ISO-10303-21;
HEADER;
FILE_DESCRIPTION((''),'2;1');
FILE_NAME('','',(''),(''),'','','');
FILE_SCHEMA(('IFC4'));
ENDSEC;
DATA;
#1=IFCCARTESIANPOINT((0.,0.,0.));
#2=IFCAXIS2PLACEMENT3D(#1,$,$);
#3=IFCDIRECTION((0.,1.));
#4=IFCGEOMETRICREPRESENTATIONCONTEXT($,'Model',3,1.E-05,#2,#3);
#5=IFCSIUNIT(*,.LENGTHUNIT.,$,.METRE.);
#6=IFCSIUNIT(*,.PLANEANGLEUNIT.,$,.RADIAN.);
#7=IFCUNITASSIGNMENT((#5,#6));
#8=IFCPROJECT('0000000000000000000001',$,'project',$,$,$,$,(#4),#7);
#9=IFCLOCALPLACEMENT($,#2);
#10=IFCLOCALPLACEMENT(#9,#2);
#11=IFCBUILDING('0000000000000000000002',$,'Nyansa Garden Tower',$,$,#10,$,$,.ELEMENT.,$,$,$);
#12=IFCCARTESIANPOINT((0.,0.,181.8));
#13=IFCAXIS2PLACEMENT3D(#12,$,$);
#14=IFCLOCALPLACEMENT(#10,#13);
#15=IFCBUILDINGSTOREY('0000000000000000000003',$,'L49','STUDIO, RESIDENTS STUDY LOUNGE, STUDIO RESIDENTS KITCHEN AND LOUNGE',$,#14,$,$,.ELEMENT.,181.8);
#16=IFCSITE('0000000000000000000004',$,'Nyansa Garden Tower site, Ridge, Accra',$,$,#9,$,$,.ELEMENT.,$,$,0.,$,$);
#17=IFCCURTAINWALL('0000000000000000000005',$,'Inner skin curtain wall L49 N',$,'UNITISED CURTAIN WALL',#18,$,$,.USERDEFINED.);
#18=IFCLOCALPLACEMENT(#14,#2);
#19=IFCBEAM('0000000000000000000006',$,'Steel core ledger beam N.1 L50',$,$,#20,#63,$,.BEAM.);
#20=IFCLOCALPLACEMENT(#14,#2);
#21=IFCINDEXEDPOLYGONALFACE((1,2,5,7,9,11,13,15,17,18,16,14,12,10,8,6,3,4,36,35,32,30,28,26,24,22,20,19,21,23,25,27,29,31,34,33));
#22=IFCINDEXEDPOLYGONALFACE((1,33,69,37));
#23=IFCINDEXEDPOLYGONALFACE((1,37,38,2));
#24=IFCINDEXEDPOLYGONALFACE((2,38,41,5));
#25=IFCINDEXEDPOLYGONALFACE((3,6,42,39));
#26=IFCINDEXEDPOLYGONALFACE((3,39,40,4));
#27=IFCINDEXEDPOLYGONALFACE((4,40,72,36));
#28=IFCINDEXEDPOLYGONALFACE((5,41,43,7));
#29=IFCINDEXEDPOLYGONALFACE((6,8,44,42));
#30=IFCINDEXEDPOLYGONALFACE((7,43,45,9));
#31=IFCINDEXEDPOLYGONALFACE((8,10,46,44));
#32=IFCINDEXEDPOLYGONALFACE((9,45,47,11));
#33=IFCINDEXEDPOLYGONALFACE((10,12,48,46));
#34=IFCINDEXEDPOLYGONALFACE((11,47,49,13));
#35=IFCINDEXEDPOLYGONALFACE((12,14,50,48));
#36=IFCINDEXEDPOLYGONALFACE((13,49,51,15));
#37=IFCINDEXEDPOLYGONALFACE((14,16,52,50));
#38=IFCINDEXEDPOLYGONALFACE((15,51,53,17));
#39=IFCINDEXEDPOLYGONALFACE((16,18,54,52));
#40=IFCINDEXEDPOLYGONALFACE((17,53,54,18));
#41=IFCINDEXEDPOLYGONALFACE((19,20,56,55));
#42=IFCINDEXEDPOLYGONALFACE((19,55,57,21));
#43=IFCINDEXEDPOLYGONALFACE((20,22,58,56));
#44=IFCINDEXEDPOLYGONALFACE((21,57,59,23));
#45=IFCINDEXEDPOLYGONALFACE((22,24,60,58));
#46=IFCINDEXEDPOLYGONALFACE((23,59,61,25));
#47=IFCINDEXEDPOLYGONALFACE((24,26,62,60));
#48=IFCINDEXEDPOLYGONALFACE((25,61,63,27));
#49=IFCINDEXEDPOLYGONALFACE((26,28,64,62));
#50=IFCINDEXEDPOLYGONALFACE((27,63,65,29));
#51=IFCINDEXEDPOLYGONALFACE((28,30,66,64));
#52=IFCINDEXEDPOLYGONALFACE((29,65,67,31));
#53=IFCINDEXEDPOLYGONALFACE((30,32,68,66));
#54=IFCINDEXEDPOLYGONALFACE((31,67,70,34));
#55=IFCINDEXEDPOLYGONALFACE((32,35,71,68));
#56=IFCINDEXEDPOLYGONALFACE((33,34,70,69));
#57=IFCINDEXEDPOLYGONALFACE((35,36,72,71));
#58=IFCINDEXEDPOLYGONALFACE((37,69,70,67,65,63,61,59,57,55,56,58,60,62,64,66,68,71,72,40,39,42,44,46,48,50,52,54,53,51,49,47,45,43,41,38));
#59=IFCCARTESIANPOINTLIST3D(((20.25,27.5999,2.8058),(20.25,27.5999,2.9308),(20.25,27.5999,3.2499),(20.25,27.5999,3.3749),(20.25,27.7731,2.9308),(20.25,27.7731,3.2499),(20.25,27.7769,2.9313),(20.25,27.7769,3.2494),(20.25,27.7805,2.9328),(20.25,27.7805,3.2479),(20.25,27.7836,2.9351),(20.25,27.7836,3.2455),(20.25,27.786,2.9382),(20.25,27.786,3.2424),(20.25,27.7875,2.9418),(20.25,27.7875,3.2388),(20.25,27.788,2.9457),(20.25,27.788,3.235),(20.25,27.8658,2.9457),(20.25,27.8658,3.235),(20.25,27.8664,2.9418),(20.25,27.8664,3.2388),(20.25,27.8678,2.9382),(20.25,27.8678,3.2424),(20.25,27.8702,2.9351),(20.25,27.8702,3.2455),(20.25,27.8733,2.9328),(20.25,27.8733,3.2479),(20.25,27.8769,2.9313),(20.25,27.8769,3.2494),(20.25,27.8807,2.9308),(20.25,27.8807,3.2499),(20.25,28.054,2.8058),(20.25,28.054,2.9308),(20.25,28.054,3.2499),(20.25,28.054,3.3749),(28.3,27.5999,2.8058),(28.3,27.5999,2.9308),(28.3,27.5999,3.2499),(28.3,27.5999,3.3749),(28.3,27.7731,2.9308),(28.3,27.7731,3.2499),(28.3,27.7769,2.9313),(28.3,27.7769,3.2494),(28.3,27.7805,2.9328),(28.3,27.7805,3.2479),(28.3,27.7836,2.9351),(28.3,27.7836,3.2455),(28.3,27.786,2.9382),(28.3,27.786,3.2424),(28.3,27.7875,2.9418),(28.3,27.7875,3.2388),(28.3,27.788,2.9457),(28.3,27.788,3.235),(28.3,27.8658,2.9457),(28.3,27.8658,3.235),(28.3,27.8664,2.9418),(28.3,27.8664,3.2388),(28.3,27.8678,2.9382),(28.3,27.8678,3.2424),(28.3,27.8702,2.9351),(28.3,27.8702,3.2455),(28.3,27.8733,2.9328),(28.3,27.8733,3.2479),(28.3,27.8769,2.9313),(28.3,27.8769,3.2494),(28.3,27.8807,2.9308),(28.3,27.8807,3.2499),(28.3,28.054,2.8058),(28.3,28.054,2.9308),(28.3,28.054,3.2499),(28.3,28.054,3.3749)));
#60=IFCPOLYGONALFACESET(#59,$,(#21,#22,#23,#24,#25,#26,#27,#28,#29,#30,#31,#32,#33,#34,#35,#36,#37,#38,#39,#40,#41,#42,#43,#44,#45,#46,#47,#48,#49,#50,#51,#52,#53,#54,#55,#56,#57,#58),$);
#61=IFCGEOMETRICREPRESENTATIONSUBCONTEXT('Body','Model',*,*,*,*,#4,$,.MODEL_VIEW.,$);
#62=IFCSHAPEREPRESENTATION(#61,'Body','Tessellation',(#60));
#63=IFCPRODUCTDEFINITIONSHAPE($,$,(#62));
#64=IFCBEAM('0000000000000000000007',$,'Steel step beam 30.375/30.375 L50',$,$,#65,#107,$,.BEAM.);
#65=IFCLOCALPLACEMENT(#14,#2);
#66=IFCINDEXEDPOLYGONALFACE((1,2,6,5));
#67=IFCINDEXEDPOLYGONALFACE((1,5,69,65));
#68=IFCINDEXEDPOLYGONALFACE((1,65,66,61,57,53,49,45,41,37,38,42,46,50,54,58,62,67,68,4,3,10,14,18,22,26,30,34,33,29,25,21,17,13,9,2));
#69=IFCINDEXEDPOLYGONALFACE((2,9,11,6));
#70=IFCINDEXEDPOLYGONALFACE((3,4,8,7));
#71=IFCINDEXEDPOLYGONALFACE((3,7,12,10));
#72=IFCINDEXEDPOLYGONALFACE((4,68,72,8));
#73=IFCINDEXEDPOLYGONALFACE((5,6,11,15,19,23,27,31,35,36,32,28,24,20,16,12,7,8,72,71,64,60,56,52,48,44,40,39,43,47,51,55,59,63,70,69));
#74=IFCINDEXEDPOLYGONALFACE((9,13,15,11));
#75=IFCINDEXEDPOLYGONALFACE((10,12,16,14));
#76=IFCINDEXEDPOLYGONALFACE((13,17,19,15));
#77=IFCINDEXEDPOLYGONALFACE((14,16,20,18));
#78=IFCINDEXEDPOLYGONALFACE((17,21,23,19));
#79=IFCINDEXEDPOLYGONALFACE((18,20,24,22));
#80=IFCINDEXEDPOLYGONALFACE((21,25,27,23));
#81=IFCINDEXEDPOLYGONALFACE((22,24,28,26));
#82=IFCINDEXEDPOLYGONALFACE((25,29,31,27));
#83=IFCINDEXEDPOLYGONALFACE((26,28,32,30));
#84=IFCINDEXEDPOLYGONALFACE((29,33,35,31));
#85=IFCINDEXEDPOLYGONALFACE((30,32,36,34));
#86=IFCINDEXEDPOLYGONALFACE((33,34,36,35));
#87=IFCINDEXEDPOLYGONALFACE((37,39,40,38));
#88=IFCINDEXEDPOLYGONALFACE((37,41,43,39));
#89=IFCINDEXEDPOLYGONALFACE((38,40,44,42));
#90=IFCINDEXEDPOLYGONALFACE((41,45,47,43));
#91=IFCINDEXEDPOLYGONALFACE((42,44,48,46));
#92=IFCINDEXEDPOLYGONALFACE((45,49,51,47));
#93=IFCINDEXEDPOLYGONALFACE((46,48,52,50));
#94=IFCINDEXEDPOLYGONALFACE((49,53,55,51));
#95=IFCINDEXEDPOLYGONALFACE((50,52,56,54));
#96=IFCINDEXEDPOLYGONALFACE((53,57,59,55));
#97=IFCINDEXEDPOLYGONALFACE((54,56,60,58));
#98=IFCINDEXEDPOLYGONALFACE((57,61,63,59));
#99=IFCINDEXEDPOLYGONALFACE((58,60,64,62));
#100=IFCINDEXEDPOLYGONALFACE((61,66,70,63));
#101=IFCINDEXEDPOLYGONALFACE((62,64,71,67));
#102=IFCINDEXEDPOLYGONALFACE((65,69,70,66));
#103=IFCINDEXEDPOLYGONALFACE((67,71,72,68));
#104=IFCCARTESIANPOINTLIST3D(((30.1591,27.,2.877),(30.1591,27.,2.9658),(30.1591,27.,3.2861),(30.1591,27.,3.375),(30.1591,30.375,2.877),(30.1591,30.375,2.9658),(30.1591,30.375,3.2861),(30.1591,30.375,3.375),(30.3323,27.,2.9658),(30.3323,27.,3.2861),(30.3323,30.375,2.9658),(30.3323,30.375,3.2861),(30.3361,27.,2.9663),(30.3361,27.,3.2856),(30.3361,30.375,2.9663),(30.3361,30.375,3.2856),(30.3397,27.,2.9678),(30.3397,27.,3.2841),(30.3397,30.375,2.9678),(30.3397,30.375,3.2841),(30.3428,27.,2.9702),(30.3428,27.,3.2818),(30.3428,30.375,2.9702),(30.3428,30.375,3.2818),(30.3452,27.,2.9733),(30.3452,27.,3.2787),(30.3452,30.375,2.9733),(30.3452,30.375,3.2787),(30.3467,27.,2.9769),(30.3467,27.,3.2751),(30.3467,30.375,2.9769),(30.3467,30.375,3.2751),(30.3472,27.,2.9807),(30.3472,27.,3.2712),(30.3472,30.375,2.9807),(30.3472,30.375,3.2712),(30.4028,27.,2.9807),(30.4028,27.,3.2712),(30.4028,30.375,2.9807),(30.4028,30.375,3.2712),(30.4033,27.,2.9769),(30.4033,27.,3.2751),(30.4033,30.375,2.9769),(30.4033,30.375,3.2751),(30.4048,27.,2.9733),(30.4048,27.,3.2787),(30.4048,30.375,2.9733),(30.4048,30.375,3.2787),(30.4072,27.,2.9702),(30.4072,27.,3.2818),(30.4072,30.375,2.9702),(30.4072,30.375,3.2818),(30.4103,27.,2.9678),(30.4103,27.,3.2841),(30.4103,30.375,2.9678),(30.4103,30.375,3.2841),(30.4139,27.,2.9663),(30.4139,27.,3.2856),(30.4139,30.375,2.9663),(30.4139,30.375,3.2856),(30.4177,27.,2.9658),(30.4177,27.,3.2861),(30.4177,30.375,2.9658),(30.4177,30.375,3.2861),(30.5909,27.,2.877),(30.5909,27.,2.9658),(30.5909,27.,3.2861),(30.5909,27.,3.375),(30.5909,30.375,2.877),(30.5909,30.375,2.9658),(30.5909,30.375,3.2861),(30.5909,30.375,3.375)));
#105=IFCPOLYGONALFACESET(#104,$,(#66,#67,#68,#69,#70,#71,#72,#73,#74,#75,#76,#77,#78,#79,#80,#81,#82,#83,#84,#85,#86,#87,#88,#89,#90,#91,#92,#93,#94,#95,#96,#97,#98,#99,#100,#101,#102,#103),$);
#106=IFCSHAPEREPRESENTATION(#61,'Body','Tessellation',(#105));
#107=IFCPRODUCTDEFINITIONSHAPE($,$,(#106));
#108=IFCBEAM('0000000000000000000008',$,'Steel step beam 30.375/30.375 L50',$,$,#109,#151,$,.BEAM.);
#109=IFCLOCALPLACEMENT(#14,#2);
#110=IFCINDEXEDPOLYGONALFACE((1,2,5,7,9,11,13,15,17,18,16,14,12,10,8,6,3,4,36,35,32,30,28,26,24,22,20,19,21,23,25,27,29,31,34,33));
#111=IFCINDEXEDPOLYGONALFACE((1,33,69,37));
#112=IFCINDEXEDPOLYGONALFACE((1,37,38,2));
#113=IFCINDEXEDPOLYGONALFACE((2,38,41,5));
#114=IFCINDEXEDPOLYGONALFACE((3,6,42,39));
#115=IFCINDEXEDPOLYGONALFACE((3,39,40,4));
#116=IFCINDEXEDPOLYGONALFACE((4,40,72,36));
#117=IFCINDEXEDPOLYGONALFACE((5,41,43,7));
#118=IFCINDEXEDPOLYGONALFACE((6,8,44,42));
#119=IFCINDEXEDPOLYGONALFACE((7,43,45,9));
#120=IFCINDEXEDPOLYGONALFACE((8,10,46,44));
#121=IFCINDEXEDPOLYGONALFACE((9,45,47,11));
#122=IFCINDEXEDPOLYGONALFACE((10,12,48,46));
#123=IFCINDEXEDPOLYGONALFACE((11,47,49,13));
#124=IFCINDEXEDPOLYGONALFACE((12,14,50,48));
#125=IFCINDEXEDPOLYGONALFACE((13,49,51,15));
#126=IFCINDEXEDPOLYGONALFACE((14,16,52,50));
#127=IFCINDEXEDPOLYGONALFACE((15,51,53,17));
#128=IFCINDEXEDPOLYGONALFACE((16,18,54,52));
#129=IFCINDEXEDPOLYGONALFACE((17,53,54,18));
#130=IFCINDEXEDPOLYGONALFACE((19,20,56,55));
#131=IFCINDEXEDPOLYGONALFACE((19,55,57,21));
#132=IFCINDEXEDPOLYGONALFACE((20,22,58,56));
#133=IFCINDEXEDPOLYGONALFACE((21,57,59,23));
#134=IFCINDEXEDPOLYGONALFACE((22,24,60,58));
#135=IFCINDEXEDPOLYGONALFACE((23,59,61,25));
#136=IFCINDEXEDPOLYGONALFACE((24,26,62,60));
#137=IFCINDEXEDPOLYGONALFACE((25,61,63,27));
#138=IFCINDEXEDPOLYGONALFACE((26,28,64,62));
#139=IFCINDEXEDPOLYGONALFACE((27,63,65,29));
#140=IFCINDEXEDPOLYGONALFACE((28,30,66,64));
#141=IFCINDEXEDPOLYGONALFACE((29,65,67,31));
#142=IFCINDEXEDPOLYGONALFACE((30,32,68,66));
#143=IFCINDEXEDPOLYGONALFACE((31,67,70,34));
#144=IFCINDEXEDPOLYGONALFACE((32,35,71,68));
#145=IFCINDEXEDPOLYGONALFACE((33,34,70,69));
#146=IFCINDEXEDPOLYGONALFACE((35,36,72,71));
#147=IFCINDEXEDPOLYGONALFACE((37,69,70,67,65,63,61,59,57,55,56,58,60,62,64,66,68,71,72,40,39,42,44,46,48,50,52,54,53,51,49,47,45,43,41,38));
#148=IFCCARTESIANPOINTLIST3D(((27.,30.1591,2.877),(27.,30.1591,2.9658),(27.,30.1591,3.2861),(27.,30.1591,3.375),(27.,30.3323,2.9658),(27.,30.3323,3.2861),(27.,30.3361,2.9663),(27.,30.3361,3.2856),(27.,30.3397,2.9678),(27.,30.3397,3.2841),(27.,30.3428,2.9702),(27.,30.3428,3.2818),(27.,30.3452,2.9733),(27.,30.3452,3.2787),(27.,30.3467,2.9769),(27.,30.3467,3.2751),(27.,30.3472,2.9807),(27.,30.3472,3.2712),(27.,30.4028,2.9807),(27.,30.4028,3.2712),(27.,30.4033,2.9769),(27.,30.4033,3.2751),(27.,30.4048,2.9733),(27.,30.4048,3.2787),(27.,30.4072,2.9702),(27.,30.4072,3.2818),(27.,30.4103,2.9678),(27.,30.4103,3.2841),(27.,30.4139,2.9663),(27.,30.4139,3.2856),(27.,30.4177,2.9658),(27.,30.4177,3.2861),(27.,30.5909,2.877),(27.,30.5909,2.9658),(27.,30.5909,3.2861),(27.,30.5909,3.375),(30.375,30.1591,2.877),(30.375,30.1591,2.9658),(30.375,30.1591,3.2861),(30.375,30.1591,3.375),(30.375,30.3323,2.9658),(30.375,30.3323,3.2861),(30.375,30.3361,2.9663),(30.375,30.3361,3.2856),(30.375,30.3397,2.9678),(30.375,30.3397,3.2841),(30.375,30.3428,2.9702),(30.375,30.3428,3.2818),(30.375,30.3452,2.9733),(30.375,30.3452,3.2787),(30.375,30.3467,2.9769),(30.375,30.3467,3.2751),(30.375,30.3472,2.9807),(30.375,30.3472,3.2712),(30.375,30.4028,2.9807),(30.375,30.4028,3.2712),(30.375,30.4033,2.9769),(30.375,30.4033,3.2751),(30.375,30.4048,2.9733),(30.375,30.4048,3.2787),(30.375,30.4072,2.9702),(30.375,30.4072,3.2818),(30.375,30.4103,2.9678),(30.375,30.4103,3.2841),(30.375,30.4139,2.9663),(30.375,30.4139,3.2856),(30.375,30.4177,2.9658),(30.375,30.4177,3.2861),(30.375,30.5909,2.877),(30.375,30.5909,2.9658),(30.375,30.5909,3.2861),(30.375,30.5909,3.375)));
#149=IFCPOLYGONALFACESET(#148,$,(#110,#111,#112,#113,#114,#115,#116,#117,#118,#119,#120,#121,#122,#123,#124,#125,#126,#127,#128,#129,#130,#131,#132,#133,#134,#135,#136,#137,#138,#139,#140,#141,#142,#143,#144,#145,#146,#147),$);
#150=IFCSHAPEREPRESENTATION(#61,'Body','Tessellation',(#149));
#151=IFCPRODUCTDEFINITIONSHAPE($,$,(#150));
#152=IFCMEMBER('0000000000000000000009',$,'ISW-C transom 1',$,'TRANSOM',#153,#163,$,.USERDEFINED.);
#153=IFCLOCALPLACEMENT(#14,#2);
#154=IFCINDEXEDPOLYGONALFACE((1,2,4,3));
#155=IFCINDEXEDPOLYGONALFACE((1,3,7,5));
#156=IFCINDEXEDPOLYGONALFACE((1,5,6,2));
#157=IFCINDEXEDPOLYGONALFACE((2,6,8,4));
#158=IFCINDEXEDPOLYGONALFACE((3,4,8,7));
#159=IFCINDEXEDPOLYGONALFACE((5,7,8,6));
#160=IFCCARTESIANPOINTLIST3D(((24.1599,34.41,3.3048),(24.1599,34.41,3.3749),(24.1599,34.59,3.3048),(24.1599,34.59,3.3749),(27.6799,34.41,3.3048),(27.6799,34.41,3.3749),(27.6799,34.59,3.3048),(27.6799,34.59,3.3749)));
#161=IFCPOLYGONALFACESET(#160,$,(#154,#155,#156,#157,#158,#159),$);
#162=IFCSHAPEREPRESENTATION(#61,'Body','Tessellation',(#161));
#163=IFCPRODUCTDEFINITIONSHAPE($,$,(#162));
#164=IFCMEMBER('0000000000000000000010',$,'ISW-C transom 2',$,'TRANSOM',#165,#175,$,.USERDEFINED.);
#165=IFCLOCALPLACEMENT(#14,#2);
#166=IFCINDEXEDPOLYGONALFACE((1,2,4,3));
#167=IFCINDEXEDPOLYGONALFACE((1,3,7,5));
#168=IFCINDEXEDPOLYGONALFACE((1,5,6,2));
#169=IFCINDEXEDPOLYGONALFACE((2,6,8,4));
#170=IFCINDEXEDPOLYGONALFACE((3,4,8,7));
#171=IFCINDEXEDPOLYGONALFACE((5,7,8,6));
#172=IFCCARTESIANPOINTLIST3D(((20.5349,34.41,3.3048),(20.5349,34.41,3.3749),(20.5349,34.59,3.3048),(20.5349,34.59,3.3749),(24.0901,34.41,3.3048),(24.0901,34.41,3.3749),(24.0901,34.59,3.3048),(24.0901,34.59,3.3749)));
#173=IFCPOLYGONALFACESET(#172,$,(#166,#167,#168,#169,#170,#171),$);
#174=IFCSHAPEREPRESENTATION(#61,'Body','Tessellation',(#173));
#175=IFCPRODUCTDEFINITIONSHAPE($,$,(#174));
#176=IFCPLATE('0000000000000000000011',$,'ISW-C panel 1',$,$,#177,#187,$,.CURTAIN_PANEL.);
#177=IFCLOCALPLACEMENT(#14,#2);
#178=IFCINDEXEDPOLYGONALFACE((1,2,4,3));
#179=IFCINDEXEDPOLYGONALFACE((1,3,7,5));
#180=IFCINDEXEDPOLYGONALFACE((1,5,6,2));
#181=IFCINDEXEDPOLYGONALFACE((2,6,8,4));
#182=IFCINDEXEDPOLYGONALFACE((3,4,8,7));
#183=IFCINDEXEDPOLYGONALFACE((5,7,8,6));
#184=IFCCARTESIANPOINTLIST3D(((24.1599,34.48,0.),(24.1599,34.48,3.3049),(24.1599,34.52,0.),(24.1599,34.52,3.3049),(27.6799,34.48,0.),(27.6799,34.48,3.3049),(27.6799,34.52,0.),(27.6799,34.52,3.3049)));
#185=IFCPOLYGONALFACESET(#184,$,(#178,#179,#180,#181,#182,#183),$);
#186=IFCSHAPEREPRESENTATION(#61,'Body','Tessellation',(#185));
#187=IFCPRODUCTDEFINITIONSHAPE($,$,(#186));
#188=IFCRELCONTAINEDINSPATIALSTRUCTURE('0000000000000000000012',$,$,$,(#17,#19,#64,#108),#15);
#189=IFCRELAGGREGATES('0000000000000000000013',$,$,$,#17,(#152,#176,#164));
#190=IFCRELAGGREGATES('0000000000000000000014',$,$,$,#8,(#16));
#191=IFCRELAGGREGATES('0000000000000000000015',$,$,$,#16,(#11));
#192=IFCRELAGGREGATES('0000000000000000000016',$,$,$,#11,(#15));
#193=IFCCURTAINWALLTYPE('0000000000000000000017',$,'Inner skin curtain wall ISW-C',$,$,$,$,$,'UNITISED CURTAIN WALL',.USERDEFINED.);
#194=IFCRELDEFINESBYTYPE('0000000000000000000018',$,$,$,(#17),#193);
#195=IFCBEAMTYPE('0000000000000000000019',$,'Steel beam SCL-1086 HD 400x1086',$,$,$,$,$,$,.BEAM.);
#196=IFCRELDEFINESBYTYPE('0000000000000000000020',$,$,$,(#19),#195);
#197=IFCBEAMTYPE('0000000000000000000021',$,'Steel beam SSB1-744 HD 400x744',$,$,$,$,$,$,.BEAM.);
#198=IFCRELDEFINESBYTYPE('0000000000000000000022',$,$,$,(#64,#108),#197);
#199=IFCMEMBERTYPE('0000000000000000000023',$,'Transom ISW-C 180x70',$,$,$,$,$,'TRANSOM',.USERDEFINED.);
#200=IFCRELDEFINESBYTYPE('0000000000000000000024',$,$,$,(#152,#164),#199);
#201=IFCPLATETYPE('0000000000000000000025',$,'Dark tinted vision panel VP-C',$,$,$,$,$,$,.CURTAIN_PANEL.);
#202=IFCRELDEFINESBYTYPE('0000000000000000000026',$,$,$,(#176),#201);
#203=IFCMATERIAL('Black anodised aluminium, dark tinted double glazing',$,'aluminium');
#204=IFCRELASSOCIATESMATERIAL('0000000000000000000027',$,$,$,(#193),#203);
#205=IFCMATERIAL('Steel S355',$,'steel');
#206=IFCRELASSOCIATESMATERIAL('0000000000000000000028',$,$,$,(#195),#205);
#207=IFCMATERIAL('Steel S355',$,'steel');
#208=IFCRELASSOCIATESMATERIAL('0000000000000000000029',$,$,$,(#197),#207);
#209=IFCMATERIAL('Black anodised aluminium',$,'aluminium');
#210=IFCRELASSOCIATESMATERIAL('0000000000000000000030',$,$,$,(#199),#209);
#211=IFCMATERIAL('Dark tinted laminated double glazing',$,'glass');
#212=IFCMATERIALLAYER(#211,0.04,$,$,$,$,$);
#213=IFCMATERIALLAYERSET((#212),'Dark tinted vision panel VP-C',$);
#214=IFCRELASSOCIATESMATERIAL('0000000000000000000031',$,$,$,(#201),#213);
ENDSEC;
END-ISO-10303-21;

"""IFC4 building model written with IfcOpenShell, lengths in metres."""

from ifc_helpers import new_model, si_unit, direction, frame, origin, origin_2d, place, context, subcontext, project, spatial, rectangle, i_section, extrude, material, layer, layer_set, material_profile, profile_set, type_object, element, aggregate, save


model = new_model("IFC4")

# Units and contexts
model_context = context("Model", 3, precision=1e-05, world=origin(), true_north=direction((0.0, 1.0)))
body_context = subcontext(model_context, "Body", "Model", "MODEL_VIEW")
ifc_project = project(units=[si_unit("LENGTHUNIT", "METRE"), si_unit("PLANEANGLEUNIT", "RADIAN")], contexts=[model_context])

# Site, building, storey
site_placement = place(None, origin())
site = spatial("IfcSite", under=ifc_project, at=site_placement, Name="Nyansa Garden Tower site, Ridge, Accra", CompositionType="ELEMENT", RefElevation=0.0)
building_placement = place(site_placement, origin())
building = spatial("IfcBuilding", under=site, at=building_placement, Name="Nyansa Garden Tower", CompositionType="ELEMENT")
storey_placement = place(building_placement, frame((0.0, 0.0, 181.8)))
storey = spatial("IfcBuildingStorey", under=building, at=storey_placement, Name="L49", Description="STUDIO, RESIDENTS STUDY LOUNGE, STUDIO RESIDENTS KITCHEN AND LOUNGE", CompositionType="ELEMENT", Elevation=181.8)

# Shared definitions
ifc_material_1 = material(Name="Black anodised aluminium, dark tinted double glazing", Category="aluminium")
curtain_wall_type = type_object("IfcCurtainWallType", Name="Inner skin curtain wall ISW-C", ElementType="UNITISED CURTAIN WALL", PredefinedType="USERDEFINED", material=ifc_material_1)

# Curtain wall
curtain_wall_1_placement = place(storey_placement, origin())
curtain_wall_1 = element("IfcCurtainWall", 1, at=curtain_wall_1_placement, inside=storey, type_object=curtain_wall_type, Name="Inner skin curtain wall L49 N", ObjectType="UNITISED CURTAIN WALL", PredefinedType="USERDEFINED")

# Beams
ifc_material_2 = material(Name="Steel S355", Category="steel")
ifc_material_profile_1 = material_profile(ifc_material_2, i_section(OverallWidth=0.4541, OverallDepth=0.5691, WebThickness=0.0779, FlangeThickness=0.125, FilletRadius=0.0149, at=origin_2d()), Name="HD 400x1086")
ifc_profile_set_1 = profile_set([ifc_material_profile_1], Name="Steel S355")
beam_type_1 = type_object("IfcBeamType", Name="Steel beam SCL-1086 HD 400x1086", PredefinedType="BEAM", material=ifc_profile_set_1)
beam_1_placement = place(storey_placement, frame((28.3, 27.8269, 3.0903), z_axis=(-1.0, 0.0, 0.0), x_axis=(0.0, -1.0, 0.0)))
element("IfcBeam", 2, at=beam_1_placement, inside=storey, type_object=beam_type_1, Name="Steel core ledger beam N.1 L50", PredefinedType="BEAM", context=body_context, shape_type="SweptSolid", body=[
    extrude(i_section(OverallWidth=0.4541, OverallDepth=0.5691, WebThickness=0.0779, FlangeThickness=0.125, FilletRadius=0.0149, at=origin_2d()), origin(), (0.0, 0.0, 1.0), 8.05),
])
ifc_material_3 = material(Name="Steel S355", Category="steel")
ifc_material_profile_2 = material_profile(ifc_material_3, i_section(OverallWidth=0.4319, OverallDepth=0.498, WebThickness=0.0557, FlangeThickness=0.0889, FilletRadius=0.0149, at=origin_2d()), Name="HD 400x744")
ifc_profile_set_2 = profile_set([ifc_material_profile_2], Name="Steel S355")
beam_type_2 = type_object("IfcBeamType", Name="Steel beam SSB1-744 HD 400x744", PredefinedType="BEAM", material=ifc_profile_set_2)
for number, where, z_axis, x_axis, name in (
    (3, (30.375, 30.375, 3.126), (0.0, -1.0, 0.0), (1.0, 0.0, 0.0), "Steel step beam 30.375/30.375 L50"),
    (4, (30.375, 30.375, 3.126), (-1.0, 0.0, 0.0), (0.0, -1.0, 0.0), "Steel step beam 30.375/30.375 L50"),
):
    element("IfcBeam", number, at=place(storey_placement, frame(where, z_axis=z_axis, x_axis=x_axis)), inside=storey, type_object=beam_type_2, Name=name, PredefinedType="BEAM", context=body_context, shape_type="SweptSolid", body=[
        extrude(i_section(OverallWidth=0.4319, OverallDepth=0.498, WebThickness=0.0557, FlangeThickness=0.0889, FilletRadius=0.0149, at=origin_2d()), origin(), (0.0, 0.0, 1.0), 3.375),
    ])

# Members
ifc_material_4 = material(Name="Black anodised aluminium", Category="aluminium")
ifc_material_profile_3 = material_profile(ifc_material_4, rectangle(XDim=0.1799, YDim=0.0701, at=origin_2d()), Name="Transom 180x70")
ifc_profile_set_3 = profile_set([ifc_material_profile_3], Name="Black anodised aluminium")
member_type_1 = type_object("IfcMemberType", Name="Transom ISW-C 180x70", ElementType="TRANSOM", PredefinedType="USERDEFINED", material=ifc_profile_set_3)
member_1_placement = place(storey_placement, frame((27.6799, 34.5, 3.3398), z_axis=(-1.0, 0.0, 0.0), x_axis=(0.0, -1.0, 0.0)))
member_1 = element("IfcMember", 5, at=member_1_placement, type_object=member_type_1, Name="ISW-C transom 1", ObjectType="TRANSOM", PredefinedType="USERDEFINED", context=body_context, shape_type="SweptSolid", body=[
    extrude(rectangle(XDim=0.1799, YDim=0.0701, at=origin_2d()), origin(), (0.0, 0.0, 1.0), 3.52),
])
member_2_placement = place(storey_placement, frame((24.0901, 34.5, 3.3398), z_axis=(-1.0, 0.0, 0.0), x_axis=(0.0, -1.0, 0.0)))
member_2 = element("IfcMember", 6, at=member_2_placement, type_object=member_type_1, Name="ISW-C transom 2", ObjectType="TRANSOM", PredefinedType="USERDEFINED", context=body_context, shape_type="SweptSolid", body=[
    extrude(rectangle(XDim=0.1799, YDim=0.0701, at=origin_2d()), origin(), (0.0, 0.0, 1.0), 3.5552),
])

# Plate
ifc_material_5 = material(Name="Dark tinted laminated double glazing", Category="glass")
ifc_layer_1 = layer(ifc_material_5, 0.04)
ifc_layer_set_1 = layer_set([ifc_layer_1], Name="Dark tinted vision panel VP-C")
plate_type = type_object("IfcPlateType", Name="Dark tinted vision panel VP-C", PredefinedType="CURTAIN_PANEL", material=ifc_layer_set_1)
plate_placement = place(storey_placement, frame((25.9199, 34.5, 0.0), z_axis=(0.0, 0.0, 1.0), x_axis=(-1.0, 0.0, 0.0)))
plate = element("IfcPlate", 7, at=plate_placement, type_object=plate_type, Name="ISW-C panel 1", PredefinedType="CURTAIN_PANEL", context=body_context, shape_type="SweptSolid", body=[
    extrude(rectangle(XDim=3.52, YDim=0.04, at=origin_2d()), origin(), (0.0, 0.0, 1.0), 3.3049),
])
aggregate(curtain_wall_1, [member_1, plate, member_2])

save(model, "model.ifc")
